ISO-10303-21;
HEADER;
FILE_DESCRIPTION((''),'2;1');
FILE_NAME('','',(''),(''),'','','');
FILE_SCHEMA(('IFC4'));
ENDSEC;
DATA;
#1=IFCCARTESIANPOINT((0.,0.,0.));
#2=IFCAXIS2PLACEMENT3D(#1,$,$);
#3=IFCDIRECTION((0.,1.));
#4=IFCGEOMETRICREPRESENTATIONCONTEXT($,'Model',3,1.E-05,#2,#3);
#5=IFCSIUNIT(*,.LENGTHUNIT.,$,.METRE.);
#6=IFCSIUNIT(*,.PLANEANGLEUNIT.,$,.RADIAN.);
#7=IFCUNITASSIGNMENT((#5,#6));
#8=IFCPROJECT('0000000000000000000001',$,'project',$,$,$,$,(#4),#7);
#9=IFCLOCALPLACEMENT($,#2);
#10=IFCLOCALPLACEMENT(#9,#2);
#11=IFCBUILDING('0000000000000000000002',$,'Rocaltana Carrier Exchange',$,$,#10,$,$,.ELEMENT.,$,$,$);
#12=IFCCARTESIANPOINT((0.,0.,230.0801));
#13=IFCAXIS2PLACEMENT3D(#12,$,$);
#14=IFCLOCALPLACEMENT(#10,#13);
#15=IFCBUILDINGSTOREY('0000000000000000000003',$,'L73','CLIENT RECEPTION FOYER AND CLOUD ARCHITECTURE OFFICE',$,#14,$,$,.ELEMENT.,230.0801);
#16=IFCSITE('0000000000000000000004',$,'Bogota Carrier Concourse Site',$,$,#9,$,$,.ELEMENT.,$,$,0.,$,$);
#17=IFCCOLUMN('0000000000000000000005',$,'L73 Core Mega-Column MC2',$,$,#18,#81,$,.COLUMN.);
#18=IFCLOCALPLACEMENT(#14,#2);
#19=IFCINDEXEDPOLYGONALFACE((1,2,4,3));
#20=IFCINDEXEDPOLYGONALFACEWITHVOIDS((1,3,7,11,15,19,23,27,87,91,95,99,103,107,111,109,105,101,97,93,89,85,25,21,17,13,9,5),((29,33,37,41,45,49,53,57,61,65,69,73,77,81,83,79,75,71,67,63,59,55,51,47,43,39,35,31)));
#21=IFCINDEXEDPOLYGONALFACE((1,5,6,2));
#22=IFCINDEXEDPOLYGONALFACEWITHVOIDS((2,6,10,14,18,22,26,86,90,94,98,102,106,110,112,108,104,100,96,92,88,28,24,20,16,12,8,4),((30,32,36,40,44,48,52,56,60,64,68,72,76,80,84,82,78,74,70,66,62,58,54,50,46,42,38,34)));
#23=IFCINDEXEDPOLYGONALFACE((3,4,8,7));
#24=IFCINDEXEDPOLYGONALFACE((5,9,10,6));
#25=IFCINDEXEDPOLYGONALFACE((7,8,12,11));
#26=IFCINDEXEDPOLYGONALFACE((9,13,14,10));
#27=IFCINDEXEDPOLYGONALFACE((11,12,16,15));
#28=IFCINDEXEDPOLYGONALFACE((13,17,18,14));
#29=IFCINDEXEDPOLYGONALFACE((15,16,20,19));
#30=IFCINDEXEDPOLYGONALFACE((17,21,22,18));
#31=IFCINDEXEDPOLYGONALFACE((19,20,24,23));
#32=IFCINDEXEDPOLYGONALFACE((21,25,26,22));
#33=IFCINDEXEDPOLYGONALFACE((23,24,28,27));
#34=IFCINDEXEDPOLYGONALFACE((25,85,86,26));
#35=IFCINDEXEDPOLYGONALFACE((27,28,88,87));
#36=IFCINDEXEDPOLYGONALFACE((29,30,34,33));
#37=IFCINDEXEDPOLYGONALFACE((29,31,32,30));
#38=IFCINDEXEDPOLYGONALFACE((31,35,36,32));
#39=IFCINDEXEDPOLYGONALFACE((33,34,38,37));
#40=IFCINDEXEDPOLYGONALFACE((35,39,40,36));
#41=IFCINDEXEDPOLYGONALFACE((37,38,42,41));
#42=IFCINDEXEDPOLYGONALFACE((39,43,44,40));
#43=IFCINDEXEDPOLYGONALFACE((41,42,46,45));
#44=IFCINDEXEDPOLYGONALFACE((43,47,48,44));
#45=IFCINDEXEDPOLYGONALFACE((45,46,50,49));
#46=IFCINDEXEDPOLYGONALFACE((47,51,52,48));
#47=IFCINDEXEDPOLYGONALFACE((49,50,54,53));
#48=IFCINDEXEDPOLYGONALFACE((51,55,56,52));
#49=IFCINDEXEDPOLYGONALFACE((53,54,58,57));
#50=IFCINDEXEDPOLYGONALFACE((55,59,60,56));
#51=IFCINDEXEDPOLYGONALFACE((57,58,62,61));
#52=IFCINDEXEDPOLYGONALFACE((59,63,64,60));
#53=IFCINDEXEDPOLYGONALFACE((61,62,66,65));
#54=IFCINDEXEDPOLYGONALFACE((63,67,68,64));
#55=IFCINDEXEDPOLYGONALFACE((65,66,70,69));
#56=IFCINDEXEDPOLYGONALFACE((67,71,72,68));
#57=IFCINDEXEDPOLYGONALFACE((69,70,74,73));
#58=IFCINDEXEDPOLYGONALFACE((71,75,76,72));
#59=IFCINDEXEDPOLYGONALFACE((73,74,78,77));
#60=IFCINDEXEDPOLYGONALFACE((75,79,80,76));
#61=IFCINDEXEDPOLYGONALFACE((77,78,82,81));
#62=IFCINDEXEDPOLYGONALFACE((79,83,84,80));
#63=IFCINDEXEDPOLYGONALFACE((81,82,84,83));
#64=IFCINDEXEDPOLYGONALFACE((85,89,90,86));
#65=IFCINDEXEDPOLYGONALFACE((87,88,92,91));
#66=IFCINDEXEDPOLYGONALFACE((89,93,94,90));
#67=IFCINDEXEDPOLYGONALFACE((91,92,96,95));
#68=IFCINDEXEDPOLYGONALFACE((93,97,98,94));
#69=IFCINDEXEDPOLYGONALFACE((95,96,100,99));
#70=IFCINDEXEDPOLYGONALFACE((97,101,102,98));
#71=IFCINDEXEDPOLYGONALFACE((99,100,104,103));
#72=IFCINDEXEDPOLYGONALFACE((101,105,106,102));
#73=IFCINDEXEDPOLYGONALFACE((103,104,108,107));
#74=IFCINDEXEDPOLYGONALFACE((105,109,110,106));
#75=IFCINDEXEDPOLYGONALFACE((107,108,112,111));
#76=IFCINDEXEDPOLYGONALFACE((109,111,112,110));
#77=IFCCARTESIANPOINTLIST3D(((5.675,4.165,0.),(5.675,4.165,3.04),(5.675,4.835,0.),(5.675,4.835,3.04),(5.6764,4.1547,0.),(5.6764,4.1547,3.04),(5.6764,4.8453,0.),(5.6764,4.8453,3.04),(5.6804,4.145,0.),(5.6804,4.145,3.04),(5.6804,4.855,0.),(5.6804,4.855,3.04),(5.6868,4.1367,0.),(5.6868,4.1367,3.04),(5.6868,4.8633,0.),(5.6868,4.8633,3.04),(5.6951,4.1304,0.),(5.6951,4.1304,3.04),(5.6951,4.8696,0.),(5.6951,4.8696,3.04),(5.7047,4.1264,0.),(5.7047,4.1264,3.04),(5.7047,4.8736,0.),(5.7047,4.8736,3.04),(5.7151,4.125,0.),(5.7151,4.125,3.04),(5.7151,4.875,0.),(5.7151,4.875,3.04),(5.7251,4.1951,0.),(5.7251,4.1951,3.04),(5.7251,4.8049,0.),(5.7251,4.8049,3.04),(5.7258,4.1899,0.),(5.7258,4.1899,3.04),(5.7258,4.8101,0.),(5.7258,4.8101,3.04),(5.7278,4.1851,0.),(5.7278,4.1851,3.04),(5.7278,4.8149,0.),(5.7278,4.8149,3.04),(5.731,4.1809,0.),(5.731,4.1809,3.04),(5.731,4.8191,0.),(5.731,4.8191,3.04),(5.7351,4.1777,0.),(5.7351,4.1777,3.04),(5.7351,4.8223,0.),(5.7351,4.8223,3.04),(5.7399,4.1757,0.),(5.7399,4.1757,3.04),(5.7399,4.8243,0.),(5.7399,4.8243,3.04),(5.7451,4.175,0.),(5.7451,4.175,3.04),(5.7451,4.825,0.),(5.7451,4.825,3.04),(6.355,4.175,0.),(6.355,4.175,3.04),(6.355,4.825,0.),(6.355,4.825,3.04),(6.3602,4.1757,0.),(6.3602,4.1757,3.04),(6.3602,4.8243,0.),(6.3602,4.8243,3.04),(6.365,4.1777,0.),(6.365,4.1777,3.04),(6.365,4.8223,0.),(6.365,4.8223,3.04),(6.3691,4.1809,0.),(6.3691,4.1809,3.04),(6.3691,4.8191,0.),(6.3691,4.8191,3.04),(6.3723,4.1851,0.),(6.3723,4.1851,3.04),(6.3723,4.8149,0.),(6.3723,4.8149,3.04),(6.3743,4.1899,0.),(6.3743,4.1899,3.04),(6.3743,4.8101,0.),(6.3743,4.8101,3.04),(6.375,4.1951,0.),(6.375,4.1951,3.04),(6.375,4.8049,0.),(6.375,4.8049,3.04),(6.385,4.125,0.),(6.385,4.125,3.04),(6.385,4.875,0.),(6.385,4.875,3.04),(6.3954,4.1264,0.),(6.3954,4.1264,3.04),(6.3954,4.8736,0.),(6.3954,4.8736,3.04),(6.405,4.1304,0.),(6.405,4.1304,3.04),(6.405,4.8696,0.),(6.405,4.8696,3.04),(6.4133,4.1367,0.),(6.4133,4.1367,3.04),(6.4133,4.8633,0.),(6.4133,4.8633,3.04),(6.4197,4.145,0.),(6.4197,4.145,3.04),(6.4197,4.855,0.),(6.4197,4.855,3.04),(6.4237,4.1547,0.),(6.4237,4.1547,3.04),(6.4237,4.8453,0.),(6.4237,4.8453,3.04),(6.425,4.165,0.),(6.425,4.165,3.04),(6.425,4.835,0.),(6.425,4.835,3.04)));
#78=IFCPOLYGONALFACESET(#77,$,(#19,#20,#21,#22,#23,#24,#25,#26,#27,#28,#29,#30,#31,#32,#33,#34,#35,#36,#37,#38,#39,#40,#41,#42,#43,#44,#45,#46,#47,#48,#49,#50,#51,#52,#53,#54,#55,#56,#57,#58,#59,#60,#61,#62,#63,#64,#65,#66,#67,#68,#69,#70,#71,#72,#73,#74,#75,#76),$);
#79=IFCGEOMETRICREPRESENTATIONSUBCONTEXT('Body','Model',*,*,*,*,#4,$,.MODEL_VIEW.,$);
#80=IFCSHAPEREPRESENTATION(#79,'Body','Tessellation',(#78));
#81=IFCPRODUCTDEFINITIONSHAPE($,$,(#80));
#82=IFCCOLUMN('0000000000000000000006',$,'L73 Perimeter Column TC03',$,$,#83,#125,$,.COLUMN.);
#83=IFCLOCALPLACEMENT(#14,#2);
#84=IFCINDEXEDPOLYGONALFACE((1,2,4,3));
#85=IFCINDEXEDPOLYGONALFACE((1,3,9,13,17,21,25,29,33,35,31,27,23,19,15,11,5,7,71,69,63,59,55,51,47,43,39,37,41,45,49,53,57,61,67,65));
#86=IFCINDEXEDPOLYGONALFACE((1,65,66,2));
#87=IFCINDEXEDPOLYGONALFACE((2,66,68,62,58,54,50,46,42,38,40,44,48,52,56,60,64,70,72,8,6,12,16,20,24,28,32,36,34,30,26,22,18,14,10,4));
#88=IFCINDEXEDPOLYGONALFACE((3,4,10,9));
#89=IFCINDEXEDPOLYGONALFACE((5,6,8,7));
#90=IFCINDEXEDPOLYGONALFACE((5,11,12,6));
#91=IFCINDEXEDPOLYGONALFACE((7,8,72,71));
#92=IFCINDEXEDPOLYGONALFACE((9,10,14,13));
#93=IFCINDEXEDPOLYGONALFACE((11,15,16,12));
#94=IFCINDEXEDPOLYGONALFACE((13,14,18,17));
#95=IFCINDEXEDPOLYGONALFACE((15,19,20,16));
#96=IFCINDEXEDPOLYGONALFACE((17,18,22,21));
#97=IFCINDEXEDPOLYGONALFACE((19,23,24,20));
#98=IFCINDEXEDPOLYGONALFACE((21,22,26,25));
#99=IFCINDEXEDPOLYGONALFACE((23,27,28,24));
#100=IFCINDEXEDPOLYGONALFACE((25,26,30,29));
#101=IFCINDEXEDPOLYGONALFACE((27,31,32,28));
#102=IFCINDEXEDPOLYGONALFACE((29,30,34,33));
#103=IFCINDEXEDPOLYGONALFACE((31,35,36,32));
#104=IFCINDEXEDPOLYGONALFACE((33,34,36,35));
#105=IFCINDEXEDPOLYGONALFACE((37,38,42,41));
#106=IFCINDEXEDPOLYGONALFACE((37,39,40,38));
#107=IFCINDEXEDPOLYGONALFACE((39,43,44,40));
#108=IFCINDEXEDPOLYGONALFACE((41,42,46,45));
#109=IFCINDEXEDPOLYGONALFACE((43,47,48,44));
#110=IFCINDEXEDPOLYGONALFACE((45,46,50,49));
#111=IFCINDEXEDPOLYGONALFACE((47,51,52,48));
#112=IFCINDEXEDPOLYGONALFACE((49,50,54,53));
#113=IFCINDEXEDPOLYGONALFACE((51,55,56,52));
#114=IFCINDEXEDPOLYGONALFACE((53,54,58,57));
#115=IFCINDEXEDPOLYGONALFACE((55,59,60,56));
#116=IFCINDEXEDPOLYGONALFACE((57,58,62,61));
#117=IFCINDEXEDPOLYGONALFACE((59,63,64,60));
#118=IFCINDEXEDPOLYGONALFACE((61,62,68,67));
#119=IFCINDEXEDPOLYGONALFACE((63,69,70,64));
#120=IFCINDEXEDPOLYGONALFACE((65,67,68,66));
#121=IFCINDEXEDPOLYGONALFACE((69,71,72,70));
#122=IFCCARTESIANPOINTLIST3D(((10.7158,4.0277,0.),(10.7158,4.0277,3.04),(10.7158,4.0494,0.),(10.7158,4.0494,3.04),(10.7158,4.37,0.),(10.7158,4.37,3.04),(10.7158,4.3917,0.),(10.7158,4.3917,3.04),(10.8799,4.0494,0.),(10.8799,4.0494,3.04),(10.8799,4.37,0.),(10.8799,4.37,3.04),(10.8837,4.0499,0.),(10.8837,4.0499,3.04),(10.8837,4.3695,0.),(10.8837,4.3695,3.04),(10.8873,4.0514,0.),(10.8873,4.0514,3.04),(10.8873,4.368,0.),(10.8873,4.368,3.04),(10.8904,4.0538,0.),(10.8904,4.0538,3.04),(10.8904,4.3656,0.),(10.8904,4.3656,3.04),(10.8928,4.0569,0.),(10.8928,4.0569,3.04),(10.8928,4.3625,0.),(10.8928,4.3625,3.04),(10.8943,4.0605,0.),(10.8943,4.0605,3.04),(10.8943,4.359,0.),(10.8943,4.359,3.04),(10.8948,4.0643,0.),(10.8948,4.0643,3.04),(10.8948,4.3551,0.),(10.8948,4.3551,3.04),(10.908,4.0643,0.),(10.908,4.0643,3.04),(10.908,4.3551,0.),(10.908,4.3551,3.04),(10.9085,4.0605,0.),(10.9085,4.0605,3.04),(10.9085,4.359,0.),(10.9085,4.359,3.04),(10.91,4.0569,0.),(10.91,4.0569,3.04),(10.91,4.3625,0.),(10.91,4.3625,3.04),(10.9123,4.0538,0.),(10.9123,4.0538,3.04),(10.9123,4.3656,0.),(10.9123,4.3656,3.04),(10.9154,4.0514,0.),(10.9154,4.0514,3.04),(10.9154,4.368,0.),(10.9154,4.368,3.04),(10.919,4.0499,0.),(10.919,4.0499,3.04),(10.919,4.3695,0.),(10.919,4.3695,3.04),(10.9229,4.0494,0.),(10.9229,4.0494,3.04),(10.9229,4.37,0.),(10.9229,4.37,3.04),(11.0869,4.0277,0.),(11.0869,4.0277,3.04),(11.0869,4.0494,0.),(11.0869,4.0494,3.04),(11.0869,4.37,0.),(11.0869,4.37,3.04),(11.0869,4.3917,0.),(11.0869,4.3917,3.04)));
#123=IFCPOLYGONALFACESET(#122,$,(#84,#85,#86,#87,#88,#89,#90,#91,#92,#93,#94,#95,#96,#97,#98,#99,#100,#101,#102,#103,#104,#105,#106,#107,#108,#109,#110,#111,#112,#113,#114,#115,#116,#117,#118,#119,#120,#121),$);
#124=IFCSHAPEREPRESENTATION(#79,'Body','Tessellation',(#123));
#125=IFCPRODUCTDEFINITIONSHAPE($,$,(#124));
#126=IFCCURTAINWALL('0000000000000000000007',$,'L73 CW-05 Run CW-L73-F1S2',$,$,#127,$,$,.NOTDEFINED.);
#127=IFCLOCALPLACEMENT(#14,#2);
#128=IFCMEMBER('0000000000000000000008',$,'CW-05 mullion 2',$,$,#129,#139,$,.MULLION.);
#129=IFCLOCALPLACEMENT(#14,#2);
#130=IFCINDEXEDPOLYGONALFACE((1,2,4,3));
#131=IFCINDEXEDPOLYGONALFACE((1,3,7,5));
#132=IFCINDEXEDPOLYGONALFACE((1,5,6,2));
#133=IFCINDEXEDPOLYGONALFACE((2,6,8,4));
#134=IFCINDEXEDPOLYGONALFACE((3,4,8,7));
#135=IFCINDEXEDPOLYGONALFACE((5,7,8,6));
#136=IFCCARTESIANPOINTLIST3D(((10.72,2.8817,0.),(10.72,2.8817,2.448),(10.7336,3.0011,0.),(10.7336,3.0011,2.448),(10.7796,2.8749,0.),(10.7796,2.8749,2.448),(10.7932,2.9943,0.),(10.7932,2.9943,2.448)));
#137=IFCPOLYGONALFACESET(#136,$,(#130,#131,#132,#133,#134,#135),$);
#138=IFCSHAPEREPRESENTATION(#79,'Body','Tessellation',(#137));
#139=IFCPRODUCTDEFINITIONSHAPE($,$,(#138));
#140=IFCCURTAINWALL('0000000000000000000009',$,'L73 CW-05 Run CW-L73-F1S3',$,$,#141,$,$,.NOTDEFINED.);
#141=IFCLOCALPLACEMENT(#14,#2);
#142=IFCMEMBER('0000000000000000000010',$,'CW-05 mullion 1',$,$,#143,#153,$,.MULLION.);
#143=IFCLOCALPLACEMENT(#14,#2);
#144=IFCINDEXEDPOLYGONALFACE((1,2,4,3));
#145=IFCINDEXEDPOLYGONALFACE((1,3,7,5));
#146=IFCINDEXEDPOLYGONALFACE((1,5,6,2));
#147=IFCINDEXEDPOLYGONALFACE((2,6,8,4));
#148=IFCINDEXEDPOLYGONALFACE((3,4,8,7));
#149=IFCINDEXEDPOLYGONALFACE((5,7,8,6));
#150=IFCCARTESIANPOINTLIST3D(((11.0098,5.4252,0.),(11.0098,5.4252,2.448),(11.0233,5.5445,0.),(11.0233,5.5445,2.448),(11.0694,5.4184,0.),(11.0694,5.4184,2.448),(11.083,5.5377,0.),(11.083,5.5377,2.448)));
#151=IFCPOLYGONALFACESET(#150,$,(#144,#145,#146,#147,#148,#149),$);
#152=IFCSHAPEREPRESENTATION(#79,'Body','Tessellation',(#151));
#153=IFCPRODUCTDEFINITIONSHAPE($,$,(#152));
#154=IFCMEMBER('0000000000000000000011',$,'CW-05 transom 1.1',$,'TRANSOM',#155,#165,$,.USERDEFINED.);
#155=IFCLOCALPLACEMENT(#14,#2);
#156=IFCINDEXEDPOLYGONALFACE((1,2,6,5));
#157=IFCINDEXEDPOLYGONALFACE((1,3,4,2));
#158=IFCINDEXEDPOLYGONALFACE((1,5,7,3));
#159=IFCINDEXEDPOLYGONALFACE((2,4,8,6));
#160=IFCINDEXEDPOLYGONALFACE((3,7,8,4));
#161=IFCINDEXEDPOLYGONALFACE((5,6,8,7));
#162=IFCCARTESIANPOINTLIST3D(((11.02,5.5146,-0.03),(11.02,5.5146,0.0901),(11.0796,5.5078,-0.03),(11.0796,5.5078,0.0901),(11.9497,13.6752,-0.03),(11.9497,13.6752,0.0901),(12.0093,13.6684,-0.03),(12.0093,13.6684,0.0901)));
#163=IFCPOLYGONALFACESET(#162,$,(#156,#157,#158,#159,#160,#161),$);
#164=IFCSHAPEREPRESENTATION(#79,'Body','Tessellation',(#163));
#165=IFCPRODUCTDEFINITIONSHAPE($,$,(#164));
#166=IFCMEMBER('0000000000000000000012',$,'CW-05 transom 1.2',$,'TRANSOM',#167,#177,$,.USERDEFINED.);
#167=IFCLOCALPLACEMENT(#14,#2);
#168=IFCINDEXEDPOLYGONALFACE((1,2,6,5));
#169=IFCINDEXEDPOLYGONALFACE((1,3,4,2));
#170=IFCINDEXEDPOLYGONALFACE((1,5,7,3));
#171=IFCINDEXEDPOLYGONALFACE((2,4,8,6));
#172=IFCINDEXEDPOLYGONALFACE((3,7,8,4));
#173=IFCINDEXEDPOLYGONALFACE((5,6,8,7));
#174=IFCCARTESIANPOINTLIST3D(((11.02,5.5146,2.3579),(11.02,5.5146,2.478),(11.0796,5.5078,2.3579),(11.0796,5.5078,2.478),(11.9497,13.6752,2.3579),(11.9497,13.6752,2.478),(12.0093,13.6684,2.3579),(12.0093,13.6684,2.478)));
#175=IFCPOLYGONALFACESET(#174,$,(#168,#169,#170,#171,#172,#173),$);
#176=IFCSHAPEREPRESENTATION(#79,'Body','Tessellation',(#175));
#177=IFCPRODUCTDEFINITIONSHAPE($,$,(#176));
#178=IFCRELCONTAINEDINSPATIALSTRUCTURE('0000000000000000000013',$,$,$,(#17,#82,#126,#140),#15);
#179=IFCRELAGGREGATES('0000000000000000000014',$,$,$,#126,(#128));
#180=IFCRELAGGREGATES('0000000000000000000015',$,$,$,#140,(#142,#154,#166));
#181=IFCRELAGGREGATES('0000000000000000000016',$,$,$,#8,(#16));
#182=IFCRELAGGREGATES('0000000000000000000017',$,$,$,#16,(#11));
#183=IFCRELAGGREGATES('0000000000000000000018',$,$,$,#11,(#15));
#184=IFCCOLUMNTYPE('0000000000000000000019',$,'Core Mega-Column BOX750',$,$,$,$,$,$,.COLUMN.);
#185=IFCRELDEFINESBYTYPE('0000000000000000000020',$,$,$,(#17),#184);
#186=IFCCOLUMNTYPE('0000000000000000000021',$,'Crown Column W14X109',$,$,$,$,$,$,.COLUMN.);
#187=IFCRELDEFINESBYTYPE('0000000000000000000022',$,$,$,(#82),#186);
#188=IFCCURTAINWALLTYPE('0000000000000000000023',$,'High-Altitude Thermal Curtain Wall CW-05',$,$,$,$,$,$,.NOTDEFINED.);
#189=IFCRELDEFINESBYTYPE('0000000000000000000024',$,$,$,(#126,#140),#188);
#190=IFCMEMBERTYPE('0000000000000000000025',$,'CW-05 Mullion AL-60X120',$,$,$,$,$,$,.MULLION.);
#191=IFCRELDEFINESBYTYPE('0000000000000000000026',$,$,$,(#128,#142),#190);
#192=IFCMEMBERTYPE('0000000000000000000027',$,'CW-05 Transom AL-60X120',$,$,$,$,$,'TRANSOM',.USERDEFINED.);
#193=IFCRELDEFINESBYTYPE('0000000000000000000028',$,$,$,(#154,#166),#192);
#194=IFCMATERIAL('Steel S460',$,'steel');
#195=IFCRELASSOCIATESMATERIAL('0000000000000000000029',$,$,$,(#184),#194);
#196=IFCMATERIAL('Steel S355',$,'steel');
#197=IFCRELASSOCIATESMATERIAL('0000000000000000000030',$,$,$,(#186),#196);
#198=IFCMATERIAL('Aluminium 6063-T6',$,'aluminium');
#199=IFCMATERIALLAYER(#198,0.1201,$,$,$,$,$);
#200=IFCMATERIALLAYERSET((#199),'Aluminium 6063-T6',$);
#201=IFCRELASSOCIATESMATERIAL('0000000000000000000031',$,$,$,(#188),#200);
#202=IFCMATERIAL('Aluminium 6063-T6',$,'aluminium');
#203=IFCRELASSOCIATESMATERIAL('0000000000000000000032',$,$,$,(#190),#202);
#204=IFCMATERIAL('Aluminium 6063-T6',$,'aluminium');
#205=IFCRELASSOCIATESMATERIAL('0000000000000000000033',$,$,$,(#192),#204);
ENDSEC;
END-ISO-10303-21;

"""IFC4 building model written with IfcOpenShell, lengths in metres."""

from ifc_helpers import new_model, si_unit, direction, frame, origin, origin_2d, place, context, subcontext, project, spatial, rectangle, hollow_rectangle, i_section, extrude, material, layer, layer_set, material_profile, profile_set, type_object, element, aggregate, save


model = new_model("IFC4")

# Units and contexts
model_context = context("Model", 3, precision=1e-05, world=origin(), true_north=direction((0.0, 1.0)))
body_context = subcontext(model_context, "Body", "Model", "MODEL_VIEW")
ifc_project = project(units=[si_unit("LENGTHUNIT", "METRE"), si_unit("PLANEANGLEUNIT", "RADIAN")], contexts=[model_context])

# Site, building, storey
site_placement = place(None, origin())
site = spatial("IfcSite", under=ifc_project, at=site_placement, Name="Bogota Carrier Concourse Site", CompositionType="ELEMENT", RefElevation=0.0)
building_placement = place(site_placement, origin())
building = spatial("IfcBuilding", under=site, at=building_placement, Name="Rocaltana Carrier Exchange", CompositionType="ELEMENT")
storey_placement = place(building_placement, frame((0.0, 0.0, 230.0801)))
storey = spatial("IfcBuildingStorey", under=building, at=storey_placement, Name="L73", Description="CLIENT RECEPTION FOYER AND CLOUD ARCHITECTURE OFFICE", CompositionType="ELEMENT", Elevation=230.0801)

# Columns
ifc_material_1 = material(Name="Steel S460", Category="steel")
ifc_material_profile_1 = material_profile(ifc_material_1, hollow_rectangle(XDim=0.75, YDim=0.75, WallThickness=0.05, InnerFilletRadius=0.02, OuterFilletRadius=0.04, at=origin_2d()), Name="BOX750X750X50")
ifc_profile_set_1 = profile_set([ifc_material_profile_1], Name="Steel S460")
column_type_1 = type_object("IfcColumnType", Name="Core Mega-Column BOX750", PredefinedType="COLUMN", material=ifc_profile_set_1)
column_1_placement = place(storey_placement, frame((6.05, 4.5, 0.0), z_axis=(0.0, 0.0, 1.0), x_axis=(1.0, 0.0, 0.0)))
element("IfcColumn", 1, at=column_1_placement, inside=storey, type_object=column_type_1, Name="L73 Core Mega-Column MC2", PredefinedType="COLUMN", context=body_context, shape_type="SweptSolid", body=[
    extrude(hollow_rectangle(XDim=0.75, YDim=0.75, WallThickness=0.05, InnerFilletRadius=0.02, OuterFilletRadius=0.04, at=origin_2d()), origin(), (0.0, 0.0, 1.0), 3.04),
])
ifc_material_2 = material(Name="Steel S355", Category="steel")
ifc_material_profile_2 = material_profile(ifc_material_2, i_section(OverallWidth=0.3711, OverallDepth=0.364, WebThickness=0.0132, FlangeThickness=0.0217, FilletRadius=0.0149, at=origin_2d()), Name="W14X109")
ifc_profile_set_2 = profile_set([ifc_material_profile_2], Name="Steel S355")
column_type_2 = type_object("IfcColumnType", Name="Crown Column W14X109", PredefinedType="COLUMN", material=ifc_profile_set_2)
column_2_placement = place(storey_placement, frame((10.9014, 4.2097, 0.0), z_axis=(0.0, 0.0, 1.0), x_axis=(1.0, 0.0, 0.0)))
element("IfcColumn", 2, at=column_2_placement, inside=storey, type_object=column_type_2, Name="L73 Perimeter Column TC03", PredefinedType="COLUMN", context=body_context, shape_type="SweptSolid", body=[
    extrude(i_section(OverallWidth=0.3711, OverallDepth=0.364, WebThickness=0.0132, FlangeThickness=0.0217, FilletRadius=0.0149, at=origin_2d()), origin(), (0.0, 0.0, 1.0), 3.04),
])

# Curtain wall, member
ifc_material_3 = material(Name="Aluminium 6063-T6", Category="aluminium")
ifc_layer_1 = layer(ifc_material_3, 0.1201)
ifc_layer_set_1 = layer_set([ifc_layer_1], Name="Aluminium 6063-T6")
curtain_wall_type = type_object("IfcCurtainWallType", Name="High-Altitude Thermal Curtain Wall CW-05", PredefinedType="NOTDEFINED", material=ifc_layer_set_1)
curtain_wall_1_placement = place(storey_placement, origin())
curtain_wall_1 = element("IfcCurtainWall", 3, at=curtain_wall_1_placement, inside=storey, type_object=curtain_wall_type, Name="L73 CW-05 Run CW-L73-F1S2", PredefinedType="NOTDEFINED")
ifc_material_4 = material(Name="Aluminium 6063-T6", Category="aluminium")
ifc_material_profile_3 = material_profile(ifc_material_4, rectangle(XDim=0.0601, YDim=0.1201, at=origin_2d()), Name="AL-60X120")
ifc_profile_set_3 = profile_set([ifc_material_profile_3], Name="Aluminium 6063-T6")
member_type_1 = type_object("IfcMemberType", Name="CW-05 Mullion AL-60X120", PredefinedType="MULLION", material=ifc_profile_set_3)
member_1_placement = place(storey_placement, frame((10.7566, 2.938, 0.0), z_axis=(0.0, 0.0, 1.0), x_axis=(-0.993571, 0.113209, 0.0)))
member_1 = element("IfcMember", 4, at=member_1_placement, type_object=member_type_1, Name="CW-05 mullion 2", PredefinedType="MULLION", context=body_context, shape_type="SweptSolid", body=[
    extrude(rectangle(XDim=0.0601, YDim=0.1201, at=origin_2d()), origin(), (0.0, 0.0, 1.0), 2.448),
])
aggregate(curtain_wall_1, [member_1])

# Curtain wall, members
curtain_wall_2_placement = place(storey_placement, origin())
curtain_wall_2 = element("IfcCurtainWall", 5, at=curtain_wall_2_placement, inside=storey, type_object=curtain_wall_type, Name="L73 CW-05 Run CW-L73-F1S3", PredefinedType="NOTDEFINED")
member_2_placement = place(storey_placement, frame((11.0464, 5.4814, 0.0), z_axis=(0.0, 0.0, 1.0), x_axis=(-0.993573, 0.113197, 0.0)))
member_2 = element("IfcMember", 6, at=member_2_placement, type_object=member_type_1, Name="CW-05 mullion 1", PredefinedType="MULLION", context=body_context, shape_type="SweptSolid", body=[
    extrude(rectangle(XDim=0.0601, YDim=0.1201, at=origin_2d()), origin(), (0.0, 0.0, 1.0), 2.448),
])
ifc_material_5 = material(Name="Aluminium 6063-T6", Category="aluminium")
ifc_material_profile_4 = material_profile(ifc_material_5, rectangle(XDim=0.0601, YDim=0.1201, at=origin_2d()), Name="AL-60X120")
ifc_profile_set_4 = profile_set([ifc_material_profile_4], Name="Aluminium 6063-T6")
member_type_2 = type_object("IfcMemberType", Name="CW-05 Transom AL-60X120", ElementType="TRANSOM", PredefinedType="USERDEFINED", material=ifc_profile_set_4)
member_3_placement = place(storey_placement, frame((11.0498, 5.5112, 0.03), z_axis=(0.113191, 0.993573, 0.0), x_axis=(-0.993573, 0.113191, 0.0)))
member_3 = element("IfcMember", 7, at=member_3_placement, type_object=member_type_2, Name="CW-05 transom 1.1", ObjectType="TRANSOM", PredefinedType="USERDEFINED", context=body_context, shape_type="SweptSolid", body=[
    extrude(rectangle(XDim=0.0601, YDim=0.1201, at=origin_2d()), origin(), (0.0, 0.0, 1.0), 8.2134),
])
member_4_placement = place(storey_placement, frame((11.0498, 5.5112, 2.418), z_axis=(0.113191, 0.993573, 0.0), x_axis=(-0.993573, 0.113191, 0.0)))
member_4 = element("IfcMember", 8, at=member_4_placement, type_object=member_type_2, Name="CW-05 transom 1.2", ObjectType="TRANSOM", PredefinedType="USERDEFINED", context=body_context, shape_type="SweptSolid", body=[
    extrude(rectangle(XDim=0.0601, YDim=0.1201, at=origin_2d()), origin(), (0.0, 0.0, 1.0), 8.2134),
])
aggregate(curtain_wall_2, [member_2, member_3, member_4])

save(model, "model.ifc")
